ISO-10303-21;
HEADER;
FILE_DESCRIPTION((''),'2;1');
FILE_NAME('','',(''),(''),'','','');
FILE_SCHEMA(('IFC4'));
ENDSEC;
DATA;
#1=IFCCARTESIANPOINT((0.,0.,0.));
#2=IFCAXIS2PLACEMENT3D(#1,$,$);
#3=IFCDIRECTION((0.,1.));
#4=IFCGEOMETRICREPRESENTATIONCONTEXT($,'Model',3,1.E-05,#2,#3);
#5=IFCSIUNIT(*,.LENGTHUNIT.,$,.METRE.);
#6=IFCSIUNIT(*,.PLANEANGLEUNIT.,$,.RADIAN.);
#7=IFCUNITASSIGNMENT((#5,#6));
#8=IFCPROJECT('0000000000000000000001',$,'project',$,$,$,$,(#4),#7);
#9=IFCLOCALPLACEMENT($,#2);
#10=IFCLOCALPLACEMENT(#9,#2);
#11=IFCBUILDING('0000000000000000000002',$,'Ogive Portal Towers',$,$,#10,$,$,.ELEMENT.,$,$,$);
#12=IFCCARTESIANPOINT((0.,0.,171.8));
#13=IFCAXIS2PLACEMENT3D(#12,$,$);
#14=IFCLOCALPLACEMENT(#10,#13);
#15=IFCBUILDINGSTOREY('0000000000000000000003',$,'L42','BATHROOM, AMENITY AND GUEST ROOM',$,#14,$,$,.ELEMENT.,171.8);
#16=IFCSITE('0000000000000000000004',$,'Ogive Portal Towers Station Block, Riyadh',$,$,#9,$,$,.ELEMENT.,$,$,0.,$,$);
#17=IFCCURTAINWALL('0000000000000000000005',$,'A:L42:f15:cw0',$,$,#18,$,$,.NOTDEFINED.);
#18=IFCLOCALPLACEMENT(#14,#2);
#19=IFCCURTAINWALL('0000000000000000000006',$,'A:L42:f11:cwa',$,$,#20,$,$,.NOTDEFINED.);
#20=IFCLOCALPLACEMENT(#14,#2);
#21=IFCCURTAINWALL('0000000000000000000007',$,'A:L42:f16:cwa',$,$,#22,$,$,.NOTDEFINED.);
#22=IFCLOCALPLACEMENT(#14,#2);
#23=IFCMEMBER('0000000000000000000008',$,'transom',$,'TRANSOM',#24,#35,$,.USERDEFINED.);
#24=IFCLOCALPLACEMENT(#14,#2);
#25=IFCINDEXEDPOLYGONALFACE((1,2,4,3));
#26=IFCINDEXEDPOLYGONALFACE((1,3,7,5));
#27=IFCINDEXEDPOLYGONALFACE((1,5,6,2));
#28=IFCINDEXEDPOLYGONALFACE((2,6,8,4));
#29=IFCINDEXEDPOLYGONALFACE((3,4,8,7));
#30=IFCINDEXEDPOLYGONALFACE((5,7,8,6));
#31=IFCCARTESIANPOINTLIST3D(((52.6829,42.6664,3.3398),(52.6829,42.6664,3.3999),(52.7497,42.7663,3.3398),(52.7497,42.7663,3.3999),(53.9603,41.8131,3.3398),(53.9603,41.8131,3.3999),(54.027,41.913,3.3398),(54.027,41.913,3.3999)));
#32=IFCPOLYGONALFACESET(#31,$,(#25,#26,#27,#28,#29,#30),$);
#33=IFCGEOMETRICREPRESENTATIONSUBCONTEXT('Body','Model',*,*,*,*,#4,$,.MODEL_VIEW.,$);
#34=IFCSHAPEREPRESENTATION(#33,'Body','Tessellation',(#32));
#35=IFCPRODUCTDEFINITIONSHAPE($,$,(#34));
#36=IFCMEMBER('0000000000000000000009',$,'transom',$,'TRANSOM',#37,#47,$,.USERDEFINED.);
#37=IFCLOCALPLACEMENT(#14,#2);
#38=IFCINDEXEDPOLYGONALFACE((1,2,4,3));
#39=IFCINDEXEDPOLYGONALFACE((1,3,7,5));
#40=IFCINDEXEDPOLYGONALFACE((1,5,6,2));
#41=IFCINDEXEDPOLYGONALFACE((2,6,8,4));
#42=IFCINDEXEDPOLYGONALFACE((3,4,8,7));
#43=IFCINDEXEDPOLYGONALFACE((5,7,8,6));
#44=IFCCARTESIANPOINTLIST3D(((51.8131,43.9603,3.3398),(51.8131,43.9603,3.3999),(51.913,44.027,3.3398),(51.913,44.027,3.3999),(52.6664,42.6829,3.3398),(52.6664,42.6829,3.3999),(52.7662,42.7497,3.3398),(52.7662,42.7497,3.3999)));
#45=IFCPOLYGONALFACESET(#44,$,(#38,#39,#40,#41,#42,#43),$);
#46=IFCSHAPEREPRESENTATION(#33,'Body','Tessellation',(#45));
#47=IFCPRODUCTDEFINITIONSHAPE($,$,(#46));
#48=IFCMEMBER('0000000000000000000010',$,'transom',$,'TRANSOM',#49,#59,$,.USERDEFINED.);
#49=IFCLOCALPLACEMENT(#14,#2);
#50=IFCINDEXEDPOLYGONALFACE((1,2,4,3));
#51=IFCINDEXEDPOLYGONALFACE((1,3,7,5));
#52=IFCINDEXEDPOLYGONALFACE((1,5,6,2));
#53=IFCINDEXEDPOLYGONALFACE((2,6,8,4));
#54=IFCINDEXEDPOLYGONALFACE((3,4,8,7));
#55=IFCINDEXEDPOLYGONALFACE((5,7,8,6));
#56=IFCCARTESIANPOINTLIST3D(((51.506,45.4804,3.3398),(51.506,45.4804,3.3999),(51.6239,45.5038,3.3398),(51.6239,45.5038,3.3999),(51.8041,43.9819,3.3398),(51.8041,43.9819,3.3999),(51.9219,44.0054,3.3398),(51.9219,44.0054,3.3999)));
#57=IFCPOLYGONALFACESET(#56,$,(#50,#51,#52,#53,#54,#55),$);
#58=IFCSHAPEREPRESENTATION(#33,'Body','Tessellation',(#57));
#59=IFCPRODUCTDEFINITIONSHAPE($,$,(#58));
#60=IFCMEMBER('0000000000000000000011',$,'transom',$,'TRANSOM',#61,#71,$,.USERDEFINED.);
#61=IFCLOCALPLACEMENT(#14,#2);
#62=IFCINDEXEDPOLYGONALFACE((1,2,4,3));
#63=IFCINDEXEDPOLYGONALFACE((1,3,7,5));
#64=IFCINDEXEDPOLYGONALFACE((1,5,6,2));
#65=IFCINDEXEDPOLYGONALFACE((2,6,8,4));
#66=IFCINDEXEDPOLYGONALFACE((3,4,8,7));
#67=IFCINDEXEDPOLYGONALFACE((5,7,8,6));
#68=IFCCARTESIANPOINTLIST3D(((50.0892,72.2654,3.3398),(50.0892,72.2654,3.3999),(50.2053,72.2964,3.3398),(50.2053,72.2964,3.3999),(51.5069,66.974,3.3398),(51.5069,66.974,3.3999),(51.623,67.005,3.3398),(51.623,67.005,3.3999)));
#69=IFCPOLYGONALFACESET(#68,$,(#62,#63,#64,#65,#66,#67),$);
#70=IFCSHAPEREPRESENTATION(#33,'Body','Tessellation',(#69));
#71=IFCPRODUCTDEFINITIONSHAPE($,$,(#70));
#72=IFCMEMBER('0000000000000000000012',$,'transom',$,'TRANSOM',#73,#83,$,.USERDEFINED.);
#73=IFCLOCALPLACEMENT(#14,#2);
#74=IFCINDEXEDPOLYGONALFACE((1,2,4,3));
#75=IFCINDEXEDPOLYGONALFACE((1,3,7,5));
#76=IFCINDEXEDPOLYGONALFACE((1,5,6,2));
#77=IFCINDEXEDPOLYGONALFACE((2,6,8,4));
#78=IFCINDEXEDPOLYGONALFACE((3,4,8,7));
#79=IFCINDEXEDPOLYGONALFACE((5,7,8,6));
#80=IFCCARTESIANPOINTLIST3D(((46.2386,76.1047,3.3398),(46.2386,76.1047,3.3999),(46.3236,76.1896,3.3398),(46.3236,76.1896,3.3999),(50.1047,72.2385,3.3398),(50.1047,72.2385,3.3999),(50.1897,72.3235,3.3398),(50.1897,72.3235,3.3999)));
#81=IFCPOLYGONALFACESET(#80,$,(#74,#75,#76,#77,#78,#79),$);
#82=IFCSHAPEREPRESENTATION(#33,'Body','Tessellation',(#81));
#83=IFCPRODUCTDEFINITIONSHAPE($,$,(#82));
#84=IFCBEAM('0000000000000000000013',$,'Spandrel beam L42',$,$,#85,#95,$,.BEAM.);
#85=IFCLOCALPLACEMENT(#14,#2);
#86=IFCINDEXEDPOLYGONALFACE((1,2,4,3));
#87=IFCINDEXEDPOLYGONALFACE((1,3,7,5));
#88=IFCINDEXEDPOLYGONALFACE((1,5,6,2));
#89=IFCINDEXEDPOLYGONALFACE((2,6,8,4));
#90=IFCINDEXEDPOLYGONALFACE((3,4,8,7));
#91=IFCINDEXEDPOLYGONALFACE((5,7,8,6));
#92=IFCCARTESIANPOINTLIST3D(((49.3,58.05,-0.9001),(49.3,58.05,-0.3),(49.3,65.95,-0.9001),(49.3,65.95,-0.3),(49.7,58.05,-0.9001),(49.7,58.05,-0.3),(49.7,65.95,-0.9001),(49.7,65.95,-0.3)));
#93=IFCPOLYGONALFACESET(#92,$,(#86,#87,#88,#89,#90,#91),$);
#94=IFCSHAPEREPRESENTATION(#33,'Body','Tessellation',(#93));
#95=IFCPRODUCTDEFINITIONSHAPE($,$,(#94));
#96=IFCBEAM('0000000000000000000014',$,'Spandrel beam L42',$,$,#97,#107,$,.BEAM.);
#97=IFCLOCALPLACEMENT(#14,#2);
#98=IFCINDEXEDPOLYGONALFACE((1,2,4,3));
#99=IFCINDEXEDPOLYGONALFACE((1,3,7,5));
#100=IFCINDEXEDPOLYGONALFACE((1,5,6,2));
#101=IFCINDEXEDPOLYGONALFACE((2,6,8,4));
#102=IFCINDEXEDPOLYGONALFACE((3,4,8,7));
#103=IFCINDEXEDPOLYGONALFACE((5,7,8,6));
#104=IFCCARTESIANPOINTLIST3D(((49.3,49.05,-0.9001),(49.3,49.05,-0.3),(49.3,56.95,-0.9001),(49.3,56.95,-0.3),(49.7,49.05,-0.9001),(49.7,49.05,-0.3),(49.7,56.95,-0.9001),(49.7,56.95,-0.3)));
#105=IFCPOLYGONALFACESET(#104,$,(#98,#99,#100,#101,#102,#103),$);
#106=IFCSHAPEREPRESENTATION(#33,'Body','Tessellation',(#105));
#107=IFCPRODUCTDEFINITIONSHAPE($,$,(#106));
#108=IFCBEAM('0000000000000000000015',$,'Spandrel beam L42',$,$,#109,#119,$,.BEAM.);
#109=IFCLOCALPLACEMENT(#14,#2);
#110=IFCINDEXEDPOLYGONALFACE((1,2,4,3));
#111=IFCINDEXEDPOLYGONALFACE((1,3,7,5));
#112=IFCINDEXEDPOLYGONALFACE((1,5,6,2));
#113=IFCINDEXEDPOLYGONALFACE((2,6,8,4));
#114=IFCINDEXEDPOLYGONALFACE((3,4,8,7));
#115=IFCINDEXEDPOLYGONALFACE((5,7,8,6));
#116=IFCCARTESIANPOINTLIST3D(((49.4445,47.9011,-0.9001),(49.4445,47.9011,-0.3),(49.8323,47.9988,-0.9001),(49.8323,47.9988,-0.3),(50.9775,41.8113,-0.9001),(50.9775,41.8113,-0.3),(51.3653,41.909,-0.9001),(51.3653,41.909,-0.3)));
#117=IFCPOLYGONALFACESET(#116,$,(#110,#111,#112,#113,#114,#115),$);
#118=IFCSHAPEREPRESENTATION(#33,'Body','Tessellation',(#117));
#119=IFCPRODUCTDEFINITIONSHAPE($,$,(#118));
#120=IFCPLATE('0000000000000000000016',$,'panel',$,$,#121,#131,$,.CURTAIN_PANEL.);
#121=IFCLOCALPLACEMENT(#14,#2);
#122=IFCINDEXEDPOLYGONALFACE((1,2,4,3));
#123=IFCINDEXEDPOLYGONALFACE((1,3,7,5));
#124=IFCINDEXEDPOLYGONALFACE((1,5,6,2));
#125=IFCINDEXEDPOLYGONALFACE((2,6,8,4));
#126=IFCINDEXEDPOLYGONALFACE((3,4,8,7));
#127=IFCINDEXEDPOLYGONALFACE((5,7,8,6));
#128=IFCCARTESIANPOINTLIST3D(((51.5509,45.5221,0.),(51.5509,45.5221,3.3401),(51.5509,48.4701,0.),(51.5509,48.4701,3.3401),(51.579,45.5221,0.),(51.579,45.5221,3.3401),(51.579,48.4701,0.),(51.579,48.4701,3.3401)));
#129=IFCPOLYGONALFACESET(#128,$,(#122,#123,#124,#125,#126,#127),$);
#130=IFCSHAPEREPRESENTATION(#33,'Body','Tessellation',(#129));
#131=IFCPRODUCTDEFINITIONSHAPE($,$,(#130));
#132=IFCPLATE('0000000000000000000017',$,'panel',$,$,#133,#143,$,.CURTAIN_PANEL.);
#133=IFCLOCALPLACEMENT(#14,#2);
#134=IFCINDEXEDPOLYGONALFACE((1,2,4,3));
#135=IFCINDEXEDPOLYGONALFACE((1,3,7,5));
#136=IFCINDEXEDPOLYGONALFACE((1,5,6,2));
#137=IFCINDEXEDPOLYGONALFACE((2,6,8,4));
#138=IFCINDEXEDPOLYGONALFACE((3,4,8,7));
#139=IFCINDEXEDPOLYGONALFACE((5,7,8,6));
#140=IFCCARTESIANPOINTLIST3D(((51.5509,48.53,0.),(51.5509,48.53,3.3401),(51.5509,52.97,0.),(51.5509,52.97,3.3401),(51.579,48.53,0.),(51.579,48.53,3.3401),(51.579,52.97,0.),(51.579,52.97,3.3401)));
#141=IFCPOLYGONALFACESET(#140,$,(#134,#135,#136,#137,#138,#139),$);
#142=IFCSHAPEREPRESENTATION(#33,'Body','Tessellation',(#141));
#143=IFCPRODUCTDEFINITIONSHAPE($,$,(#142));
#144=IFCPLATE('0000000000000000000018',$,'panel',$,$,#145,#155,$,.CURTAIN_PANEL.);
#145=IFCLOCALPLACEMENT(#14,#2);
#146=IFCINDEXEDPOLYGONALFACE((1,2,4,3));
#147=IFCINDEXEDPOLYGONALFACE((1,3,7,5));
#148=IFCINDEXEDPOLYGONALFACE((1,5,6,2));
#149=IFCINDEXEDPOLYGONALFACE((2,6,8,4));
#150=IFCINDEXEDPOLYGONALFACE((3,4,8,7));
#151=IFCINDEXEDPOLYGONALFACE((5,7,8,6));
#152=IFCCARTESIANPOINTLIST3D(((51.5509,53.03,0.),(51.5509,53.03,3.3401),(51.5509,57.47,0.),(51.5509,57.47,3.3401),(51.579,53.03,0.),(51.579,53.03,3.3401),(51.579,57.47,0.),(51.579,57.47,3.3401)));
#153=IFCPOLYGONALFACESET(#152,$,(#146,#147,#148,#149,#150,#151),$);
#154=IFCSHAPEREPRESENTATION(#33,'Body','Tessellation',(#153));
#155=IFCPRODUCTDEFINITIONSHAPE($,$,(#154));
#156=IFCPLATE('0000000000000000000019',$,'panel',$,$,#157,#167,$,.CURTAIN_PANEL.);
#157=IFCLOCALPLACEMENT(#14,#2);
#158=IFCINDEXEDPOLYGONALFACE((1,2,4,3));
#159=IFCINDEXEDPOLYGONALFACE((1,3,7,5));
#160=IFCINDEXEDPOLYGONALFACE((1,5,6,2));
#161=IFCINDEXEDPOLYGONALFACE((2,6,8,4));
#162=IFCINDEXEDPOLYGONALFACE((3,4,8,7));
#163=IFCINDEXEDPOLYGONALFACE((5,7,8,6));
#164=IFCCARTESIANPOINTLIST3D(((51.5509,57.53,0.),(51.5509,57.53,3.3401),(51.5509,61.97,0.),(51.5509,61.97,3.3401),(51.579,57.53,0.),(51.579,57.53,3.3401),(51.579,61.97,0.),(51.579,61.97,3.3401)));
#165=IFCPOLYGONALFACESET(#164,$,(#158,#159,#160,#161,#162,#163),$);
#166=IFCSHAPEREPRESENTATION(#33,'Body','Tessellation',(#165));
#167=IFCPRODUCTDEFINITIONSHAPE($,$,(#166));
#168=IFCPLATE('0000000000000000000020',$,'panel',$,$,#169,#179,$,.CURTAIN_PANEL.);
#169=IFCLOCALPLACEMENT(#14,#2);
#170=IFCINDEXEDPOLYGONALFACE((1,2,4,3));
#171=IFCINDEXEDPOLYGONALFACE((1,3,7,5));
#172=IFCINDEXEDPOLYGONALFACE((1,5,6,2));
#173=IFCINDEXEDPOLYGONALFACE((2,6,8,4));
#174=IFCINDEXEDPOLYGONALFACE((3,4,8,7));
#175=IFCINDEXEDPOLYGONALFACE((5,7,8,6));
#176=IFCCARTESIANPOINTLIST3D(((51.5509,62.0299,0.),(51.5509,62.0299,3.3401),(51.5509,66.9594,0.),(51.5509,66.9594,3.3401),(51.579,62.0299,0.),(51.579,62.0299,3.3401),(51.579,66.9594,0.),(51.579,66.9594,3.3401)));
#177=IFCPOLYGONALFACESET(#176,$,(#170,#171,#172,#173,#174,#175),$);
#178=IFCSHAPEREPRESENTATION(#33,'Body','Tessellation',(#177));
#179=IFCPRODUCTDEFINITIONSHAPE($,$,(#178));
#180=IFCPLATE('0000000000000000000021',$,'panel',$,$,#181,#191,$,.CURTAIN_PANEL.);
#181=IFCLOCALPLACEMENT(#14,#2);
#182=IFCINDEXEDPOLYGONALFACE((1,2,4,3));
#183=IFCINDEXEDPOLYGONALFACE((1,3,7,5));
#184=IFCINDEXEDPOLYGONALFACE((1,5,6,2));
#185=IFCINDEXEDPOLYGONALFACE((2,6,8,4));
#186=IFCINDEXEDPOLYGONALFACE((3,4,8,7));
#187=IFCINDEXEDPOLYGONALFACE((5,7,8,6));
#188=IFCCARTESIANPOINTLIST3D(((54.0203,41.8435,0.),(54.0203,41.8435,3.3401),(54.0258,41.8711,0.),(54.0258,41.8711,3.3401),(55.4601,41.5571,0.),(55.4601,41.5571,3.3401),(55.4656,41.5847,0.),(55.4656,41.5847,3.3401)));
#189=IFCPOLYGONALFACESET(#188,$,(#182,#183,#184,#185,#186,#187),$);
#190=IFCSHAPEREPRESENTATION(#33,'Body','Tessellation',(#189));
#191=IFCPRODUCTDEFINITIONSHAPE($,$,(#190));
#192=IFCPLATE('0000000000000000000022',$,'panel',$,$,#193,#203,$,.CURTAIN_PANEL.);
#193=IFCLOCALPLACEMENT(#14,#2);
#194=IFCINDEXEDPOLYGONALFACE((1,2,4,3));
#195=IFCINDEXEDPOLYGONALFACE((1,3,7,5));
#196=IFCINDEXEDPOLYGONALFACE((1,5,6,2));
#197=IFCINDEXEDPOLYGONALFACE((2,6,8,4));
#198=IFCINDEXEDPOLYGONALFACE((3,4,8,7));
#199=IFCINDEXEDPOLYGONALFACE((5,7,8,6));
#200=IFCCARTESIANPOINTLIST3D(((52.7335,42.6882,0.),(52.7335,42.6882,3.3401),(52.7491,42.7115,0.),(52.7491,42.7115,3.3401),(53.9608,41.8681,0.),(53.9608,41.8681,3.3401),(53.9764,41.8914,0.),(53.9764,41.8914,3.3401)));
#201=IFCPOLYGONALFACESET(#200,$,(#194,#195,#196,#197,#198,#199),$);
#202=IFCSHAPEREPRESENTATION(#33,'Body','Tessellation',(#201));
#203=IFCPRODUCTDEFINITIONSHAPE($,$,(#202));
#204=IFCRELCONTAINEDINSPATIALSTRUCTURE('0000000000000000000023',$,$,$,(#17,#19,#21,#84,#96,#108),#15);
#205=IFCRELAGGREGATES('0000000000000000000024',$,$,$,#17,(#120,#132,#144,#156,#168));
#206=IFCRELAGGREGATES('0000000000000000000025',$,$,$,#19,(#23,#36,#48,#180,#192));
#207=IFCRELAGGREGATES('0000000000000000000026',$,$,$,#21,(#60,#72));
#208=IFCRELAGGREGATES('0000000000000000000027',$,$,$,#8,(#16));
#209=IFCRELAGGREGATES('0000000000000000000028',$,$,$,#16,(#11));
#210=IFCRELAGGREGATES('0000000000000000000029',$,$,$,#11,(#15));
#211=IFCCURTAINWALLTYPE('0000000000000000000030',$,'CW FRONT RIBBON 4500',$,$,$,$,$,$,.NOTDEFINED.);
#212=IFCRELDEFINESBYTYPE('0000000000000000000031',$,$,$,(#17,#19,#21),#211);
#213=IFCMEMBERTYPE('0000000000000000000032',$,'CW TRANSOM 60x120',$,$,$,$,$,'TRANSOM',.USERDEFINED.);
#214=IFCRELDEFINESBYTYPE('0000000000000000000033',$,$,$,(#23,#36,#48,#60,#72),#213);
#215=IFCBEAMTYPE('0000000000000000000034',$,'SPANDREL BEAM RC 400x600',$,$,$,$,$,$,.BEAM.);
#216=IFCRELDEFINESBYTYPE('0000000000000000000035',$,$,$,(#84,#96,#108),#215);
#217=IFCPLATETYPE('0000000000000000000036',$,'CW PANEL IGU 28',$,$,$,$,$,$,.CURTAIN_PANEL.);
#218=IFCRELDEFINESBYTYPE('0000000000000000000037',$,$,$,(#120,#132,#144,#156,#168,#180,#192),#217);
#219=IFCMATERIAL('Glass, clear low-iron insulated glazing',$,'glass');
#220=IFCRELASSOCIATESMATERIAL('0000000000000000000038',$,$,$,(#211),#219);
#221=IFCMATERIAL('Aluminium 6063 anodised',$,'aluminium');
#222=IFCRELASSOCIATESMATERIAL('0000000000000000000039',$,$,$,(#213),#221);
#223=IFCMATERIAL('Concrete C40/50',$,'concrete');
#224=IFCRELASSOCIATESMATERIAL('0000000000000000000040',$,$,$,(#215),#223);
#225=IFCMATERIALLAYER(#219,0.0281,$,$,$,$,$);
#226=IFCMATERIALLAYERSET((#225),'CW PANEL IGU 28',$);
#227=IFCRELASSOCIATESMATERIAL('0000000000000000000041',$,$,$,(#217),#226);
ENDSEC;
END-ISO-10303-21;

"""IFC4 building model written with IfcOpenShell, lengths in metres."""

from ifc_helpers import new_model, si_unit, direction, frame, origin, origin_2d, place, context, subcontext, project, spatial, rectangle, extrude, material, layer, layer_set, material_profile, profile_set, type_object, element, aggregate, save


model = new_model("IFC4")

# Units and contexts
model_context = context("Model", 3, precision=1e-05, world=origin(), true_north=direction((0.0, 1.0)))
body_context = subcontext(model_context, "Body", "Model", "MODEL_VIEW")
ifc_project = project(units=[si_unit("LENGTHUNIT", "METRE"), si_unit("PLANEANGLEUNIT", "RADIAN")], contexts=[model_context])

# Site, building, storey
site_placement = place(None, origin())
site = spatial("IfcSite", under=ifc_project, at=site_placement, Name="Ogive Portal Towers Station Block, Riyadh", CompositionType="ELEMENT", RefElevation=0.0)
building_placement = place(site_placement, origin())
building = spatial("IfcBuilding", under=site, at=building_placement, Name="Ogive Portal Towers", CompositionType="ELEMENT")
storey_placement = place(building_placement, frame((0.0, 0.0, 171.8)))
storey = spatial("IfcBuildingStorey", under=building, at=storey_placement, Name="L42", Description="BATHROOM, AMENITY AND GUEST ROOM", CompositionType="ELEMENT", Elevation=171.8)

# Curtain walls
ifc_material_1 = material(Name="Glass, clear low-iron insulated glazing", Category="glass")
curtain_wall_type = type_object("IfcCurtainWallType", Name="CW FRONT RIBBON 4500", PredefinedType="NOTDEFINED", material=ifc_material_1)
curtain_wall_1_placement = place(storey_placement, origin())
curtain_wall_1 = element("IfcCurtainWall", 1, at=curtain_wall_1_placement, inside=storey, type_object=curtain_wall_type, Name="A:L42:f15:cw0", PredefinedType="NOTDEFINED")
ifc_material_2 = material(Name="Aluminium 6063 anodised", Category="aluminium")
curtain_wall_2_placement = place(storey_placement, origin())
curtain_wall_2 = element("IfcCurtainWall", 2, at=curtain_wall_2_placement, inside=storey, type_object=curtain_wall_type, Name="A:L42:f11:cwa", PredefinedType="NOTDEFINED")

# Curtain wall
curtain_wall_3_placement = place(storey_placement, origin())
curtain_wall_3 = element("IfcCurtainWall", 3, at=curtain_wall_3_placement, inside=storey, type_object=curtain_wall_type, Name="A:L42:f16:cwa", PredefinedType="NOTDEFINED")

# Members
ifc_material_profile_1 = material_profile(ifc_material_2, rectangle(XDim=0.1201, YDim=0.0601, at=origin_2d()), Name="AL 120x60")
ifc_profile_set_1 = profile_set([ifc_material_profile_1], Name="Aluminium 6063 anodised")
member_type_1 = type_object("IfcMemberType", Name="CW TRANSOM 60x120", ElementType="TRANSOM", PredefinedType="USERDEFINED", material=ifc_profile_set_1)
member_1_placement = place(storey_placement, frame((53.9937, 41.863, 3.3699), z_axis=(-0.831536, 0.55547, 0.0), x_axis=(-0.55547, -0.831536, 0.0)))
member_1 = element("IfcMember", 4, at=member_1_placement, type_object=member_type_1, Name="transom", ObjectType="TRANSOM", PredefinedType="USERDEFINED", context=body_context, shape_type="SweptSolid", body=[
    extrude(rectangle(XDim=0.1201, YDim=0.0601, at=origin_2d()), origin(), (0.0, 0.0, 1.0), 1.5361),
])
member_2_placement = place(storey_placement, frame((52.7163, 42.7163, 3.3699), z_axis=(-0.55547, 0.831536, 0.0), x_axis=(-0.831536, -0.55547, 0.0)))
member_2 = element("IfcMember", 5, at=member_2_placement, type_object=member_type_1, Name="transom", ObjectType="TRANSOM", PredefinedType="USERDEFINED", context=body_context, shape_type="SweptSolid", body=[
    extrude(rectangle(XDim=0.1201, YDim=0.0601, at=origin_2d()), origin(), (0.0, 0.0, 1.0), 1.5361),
])
member_3_placement = place(storey_placement, frame((51.863, 43.9937, 3.3699), z_axis=(-0.195102, 0.980783, 0.0), x_axis=(-0.980783, -0.195102, 0.0)))
member_3 = element("IfcMember", 6, at=member_3_placement, type_object=member_type_1, Name="transom", ObjectType="TRANSOM", PredefinedType="USERDEFINED", context=body_context, shape_type="SweptSolid", body=[
    extrude(rectangle(XDim=0.1201, YDim=0.0601, at=origin_2d()), origin(), (0.0, 0.0, 1.0), 1.5278),
])
member_4_placement = place(storey_placement, frame((51.5649, 66.9895, 3.3699), z_axis=(-0.258797, 0.965932, 0.0), x_axis=(-0.965932, -0.258797, 0.0)))
member_4 = element("IfcMember", 7, at=member_4_placement, type_object=member_type_1, Name="transom", ObjectType="TRANSOM", PredefinedType="USERDEFINED", context=body_context, shape_type="SweptSolid", body=[
    extrude(rectangle(XDim=0.1201, YDim=0.0601, at=origin_2d()), origin(), (0.0, 0.0, 1.0), 5.478),
])
member_5_placement = place(storey_placement, frame((50.1472, 72.281, 3.3699), z_axis=(-0.707107, 0.707107, 0.0), x_axis=(-0.707107, -0.707107, 0.0)))
member_5 = element("IfcMember", 8, at=member_5_placement, type_object=member_type_1, Name="transom", ObjectType="TRANSOM", PredefinedType="USERDEFINED", context=body_context, shape_type="SweptSolid", body=[
    extrude(rectangle(XDim=0.1201, YDim=0.0601, at=origin_2d()), origin(), (0.0, 0.0, 1.0), 5.4675),
])

# Beams
ifc_material_3 = material(Name="Concrete C40/50", Category="concrete")
ifc_material_profile_2 = material_profile(ifc_material_3, rectangle(XDim=0.3999, YDim=0.6001, at=origin_2d()), Name="RC 400x600")
ifc_profile_set_2 = profile_set([ifc_material_profile_2], Name="Concrete C40/50")
beam_type = type_object("IfcBeamType", Name="SPANDREL BEAM RC 400x600", PredefinedType="BEAM", material=ifc_profile_set_2)
for number, where, z_axis, x_axis, name in (
    (9, (49.5, 65.95, -0.6001), (0.0, -1.0, 0.0), (1.0, 0.0, 0.0), "Spandrel beam L42"),
    (10, (49.5, 56.95, -0.6001), (0.0, -1.0, 0.0), (1.0, 0.0, 0.0), "Spandrel beam L42"),
):
    element("IfcBeam", number, at=place(storey_placement, frame(where, z_axis=z_axis, x_axis=x_axis)), inside=storey, type_object=beam_type, Name=name, PredefinedType="BEAM", context=body_context, shape_type="SweptSolid", body=[
        extrude(rectangle(XDim=0.3999, YDim=0.6001, at=origin_2d()), origin(), (0.0, 0.0, 1.0), 7.8999),
    ])
beam_placement = place(storey_placement, frame((49.6384, 47.95, -0.6001), z_axis=(0.244109, -0.969748, 0.0), x_axis=(0.969748, 0.244109, 0.0)))
element("IfcBeam", 11, at=beam_placement, inside=storey, type_object=beam_type, Name="Spandrel beam L42", PredefinedType="BEAM", context=body_context, shape_type="SweptSolid", body=[
    extrude(rectangle(XDim=0.3999, YDim=0.6001, at=origin_2d()), origin(), (0.0, 0.0, 1.0), 6.2798),
])

# Plates
ifc_layer_1 = layer(ifc_material_1, 0.0281)
ifc_layer_set_1 = layer_set([ifc_layer_1], Name="CW PANEL IGU 28")
plate_type = type_object("IfcPlateType", Name="CW PANEL IGU 28", PredefinedType="CURTAIN_PANEL", material=ifc_layer_set_1)
plate_1_placement = place(storey_placement, frame((51.5649, 46.9961, 0.0), z_axis=(0.0, 0.0, 1.0), x_axis=(0.0, 1.0, 0.0)))
plate_1 = element("IfcPlate", 12, at=plate_1_placement, type_object=plate_type, Name="panel", PredefinedType="CURTAIN_PANEL", context=body_context, shape_type="SweptSolid", body=[
    extrude(rectangle(XDim=2.948, YDim=0.0281, at=origin_2d()), origin(), (0.0, 0.0, 1.0), 3.3401),
])
plate_2_placement = place(storey_placement, frame((51.5649, 50.75, 0.0), z_axis=(0.0, 0.0, 1.0), x_axis=(0.0, 1.0, 0.0)))
plate_2 = element("IfcPlate", 13, at=plate_2_placement, type_object=plate_type, Name="panel", PredefinedType="CURTAIN_PANEL", context=body_context, shape_type="SweptSolid", body=[
    extrude(rectangle(XDim=4.4399, YDim=0.0281, at=origin_2d()), origin(), (0.0, 0.0, 1.0), 3.3401),
])
plate_3_placement = place(storey_placement, frame((51.5649, 55.25, 0.0), z_axis=(0.0, 0.0, 1.0), x_axis=(0.0, 1.0, 0.0)))
plate_3 = element("IfcPlate", 14, at=plate_3_placement, type_object=plate_type, Name="panel", PredefinedType="CURTAIN_PANEL", context=body_context, shape_type="SweptSolid", body=[
    extrude(rectangle(XDim=4.4399, YDim=0.0281, at=origin_2d()), origin(), (0.0, 0.0, 1.0), 3.3401),
])
plate_4_placement = place(storey_placement, frame((51.5649, 59.75, 0.0), z_axis=(0.0, 0.0, 1.0), x_axis=(0.0, 1.0, 0.0)))
plate_4 = element("IfcPlate", 15, at=plate_4_placement, type_object=plate_type, Name="panel", PredefinedType="CURTAIN_PANEL", context=body_context, shape_type="SweptSolid", body=[
    extrude(rectangle(XDim=4.4399, YDim=0.0281, at=origin_2d()), origin(), (0.0, 0.0, 1.0), 3.3401),
])
plate_5_placement = place(storey_placement, frame((51.5649, 64.4946, 0.0), z_axis=(0.0, 0.0, 1.0), x_axis=(0.0, 1.0, 0.0)))
plate_5 = element("IfcPlate", 16, at=plate_5_placement, type_object=plate_type, Name="panel", PredefinedType="CURTAIN_PANEL", context=body_context, shape_type="SweptSolid", body=[
    extrude(rectangle(XDim=4.9294, YDim=0.0281, at=origin_2d()), origin(), (0.0, 0.0, 1.0), 3.3401),
])
aggregate(curtain_wall_1, [plate_1, plate_2, plate_3, plate_4, plate_5])
plate_6_placement = place(storey_placement, frame((54.7429, 41.7141, 0.0), z_axis=(0.0, 0.0, 1.0), x_axis=(-0.980785, 0.19509, 0.0)))
plate_6 = element("IfcPlate", 17, at=plate_6_placement, type_object=plate_type, Name="panel", PredefinedType="CURTAIN_PANEL", context=body_context, shape_type="SweptSolid", body=[
    extrude(rectangle(XDim=1.468, YDim=0.0281, at=origin_2d()), origin(), (0.0, 0.0, 1.0), 3.3401),
])
plate_7_placement = place(storey_placement, frame((53.355, 42.2898, 0.0), z_axis=(0.0, 0.0, 1.0), x_axis=(-0.83147, 0.55557, 0.0)))
plate_7 = element("IfcPlate", 18, at=plate_7_placement, type_object=plate_type, Name="panel", PredefinedType="CURTAIN_PANEL", context=body_context, shape_type="SweptSolid", body=[
    extrude(rectangle(XDim=1.4761, YDim=0.0281, at=origin_2d()), origin(), (0.0, 0.0, 1.0), 3.3401),
])
aggregate(curtain_wall_2, [member_1, member_2, member_3, plate_6, plate_7])
aggregate(curtain_wall_3, [member_4, member_5])

save(model, "model.ifc")
